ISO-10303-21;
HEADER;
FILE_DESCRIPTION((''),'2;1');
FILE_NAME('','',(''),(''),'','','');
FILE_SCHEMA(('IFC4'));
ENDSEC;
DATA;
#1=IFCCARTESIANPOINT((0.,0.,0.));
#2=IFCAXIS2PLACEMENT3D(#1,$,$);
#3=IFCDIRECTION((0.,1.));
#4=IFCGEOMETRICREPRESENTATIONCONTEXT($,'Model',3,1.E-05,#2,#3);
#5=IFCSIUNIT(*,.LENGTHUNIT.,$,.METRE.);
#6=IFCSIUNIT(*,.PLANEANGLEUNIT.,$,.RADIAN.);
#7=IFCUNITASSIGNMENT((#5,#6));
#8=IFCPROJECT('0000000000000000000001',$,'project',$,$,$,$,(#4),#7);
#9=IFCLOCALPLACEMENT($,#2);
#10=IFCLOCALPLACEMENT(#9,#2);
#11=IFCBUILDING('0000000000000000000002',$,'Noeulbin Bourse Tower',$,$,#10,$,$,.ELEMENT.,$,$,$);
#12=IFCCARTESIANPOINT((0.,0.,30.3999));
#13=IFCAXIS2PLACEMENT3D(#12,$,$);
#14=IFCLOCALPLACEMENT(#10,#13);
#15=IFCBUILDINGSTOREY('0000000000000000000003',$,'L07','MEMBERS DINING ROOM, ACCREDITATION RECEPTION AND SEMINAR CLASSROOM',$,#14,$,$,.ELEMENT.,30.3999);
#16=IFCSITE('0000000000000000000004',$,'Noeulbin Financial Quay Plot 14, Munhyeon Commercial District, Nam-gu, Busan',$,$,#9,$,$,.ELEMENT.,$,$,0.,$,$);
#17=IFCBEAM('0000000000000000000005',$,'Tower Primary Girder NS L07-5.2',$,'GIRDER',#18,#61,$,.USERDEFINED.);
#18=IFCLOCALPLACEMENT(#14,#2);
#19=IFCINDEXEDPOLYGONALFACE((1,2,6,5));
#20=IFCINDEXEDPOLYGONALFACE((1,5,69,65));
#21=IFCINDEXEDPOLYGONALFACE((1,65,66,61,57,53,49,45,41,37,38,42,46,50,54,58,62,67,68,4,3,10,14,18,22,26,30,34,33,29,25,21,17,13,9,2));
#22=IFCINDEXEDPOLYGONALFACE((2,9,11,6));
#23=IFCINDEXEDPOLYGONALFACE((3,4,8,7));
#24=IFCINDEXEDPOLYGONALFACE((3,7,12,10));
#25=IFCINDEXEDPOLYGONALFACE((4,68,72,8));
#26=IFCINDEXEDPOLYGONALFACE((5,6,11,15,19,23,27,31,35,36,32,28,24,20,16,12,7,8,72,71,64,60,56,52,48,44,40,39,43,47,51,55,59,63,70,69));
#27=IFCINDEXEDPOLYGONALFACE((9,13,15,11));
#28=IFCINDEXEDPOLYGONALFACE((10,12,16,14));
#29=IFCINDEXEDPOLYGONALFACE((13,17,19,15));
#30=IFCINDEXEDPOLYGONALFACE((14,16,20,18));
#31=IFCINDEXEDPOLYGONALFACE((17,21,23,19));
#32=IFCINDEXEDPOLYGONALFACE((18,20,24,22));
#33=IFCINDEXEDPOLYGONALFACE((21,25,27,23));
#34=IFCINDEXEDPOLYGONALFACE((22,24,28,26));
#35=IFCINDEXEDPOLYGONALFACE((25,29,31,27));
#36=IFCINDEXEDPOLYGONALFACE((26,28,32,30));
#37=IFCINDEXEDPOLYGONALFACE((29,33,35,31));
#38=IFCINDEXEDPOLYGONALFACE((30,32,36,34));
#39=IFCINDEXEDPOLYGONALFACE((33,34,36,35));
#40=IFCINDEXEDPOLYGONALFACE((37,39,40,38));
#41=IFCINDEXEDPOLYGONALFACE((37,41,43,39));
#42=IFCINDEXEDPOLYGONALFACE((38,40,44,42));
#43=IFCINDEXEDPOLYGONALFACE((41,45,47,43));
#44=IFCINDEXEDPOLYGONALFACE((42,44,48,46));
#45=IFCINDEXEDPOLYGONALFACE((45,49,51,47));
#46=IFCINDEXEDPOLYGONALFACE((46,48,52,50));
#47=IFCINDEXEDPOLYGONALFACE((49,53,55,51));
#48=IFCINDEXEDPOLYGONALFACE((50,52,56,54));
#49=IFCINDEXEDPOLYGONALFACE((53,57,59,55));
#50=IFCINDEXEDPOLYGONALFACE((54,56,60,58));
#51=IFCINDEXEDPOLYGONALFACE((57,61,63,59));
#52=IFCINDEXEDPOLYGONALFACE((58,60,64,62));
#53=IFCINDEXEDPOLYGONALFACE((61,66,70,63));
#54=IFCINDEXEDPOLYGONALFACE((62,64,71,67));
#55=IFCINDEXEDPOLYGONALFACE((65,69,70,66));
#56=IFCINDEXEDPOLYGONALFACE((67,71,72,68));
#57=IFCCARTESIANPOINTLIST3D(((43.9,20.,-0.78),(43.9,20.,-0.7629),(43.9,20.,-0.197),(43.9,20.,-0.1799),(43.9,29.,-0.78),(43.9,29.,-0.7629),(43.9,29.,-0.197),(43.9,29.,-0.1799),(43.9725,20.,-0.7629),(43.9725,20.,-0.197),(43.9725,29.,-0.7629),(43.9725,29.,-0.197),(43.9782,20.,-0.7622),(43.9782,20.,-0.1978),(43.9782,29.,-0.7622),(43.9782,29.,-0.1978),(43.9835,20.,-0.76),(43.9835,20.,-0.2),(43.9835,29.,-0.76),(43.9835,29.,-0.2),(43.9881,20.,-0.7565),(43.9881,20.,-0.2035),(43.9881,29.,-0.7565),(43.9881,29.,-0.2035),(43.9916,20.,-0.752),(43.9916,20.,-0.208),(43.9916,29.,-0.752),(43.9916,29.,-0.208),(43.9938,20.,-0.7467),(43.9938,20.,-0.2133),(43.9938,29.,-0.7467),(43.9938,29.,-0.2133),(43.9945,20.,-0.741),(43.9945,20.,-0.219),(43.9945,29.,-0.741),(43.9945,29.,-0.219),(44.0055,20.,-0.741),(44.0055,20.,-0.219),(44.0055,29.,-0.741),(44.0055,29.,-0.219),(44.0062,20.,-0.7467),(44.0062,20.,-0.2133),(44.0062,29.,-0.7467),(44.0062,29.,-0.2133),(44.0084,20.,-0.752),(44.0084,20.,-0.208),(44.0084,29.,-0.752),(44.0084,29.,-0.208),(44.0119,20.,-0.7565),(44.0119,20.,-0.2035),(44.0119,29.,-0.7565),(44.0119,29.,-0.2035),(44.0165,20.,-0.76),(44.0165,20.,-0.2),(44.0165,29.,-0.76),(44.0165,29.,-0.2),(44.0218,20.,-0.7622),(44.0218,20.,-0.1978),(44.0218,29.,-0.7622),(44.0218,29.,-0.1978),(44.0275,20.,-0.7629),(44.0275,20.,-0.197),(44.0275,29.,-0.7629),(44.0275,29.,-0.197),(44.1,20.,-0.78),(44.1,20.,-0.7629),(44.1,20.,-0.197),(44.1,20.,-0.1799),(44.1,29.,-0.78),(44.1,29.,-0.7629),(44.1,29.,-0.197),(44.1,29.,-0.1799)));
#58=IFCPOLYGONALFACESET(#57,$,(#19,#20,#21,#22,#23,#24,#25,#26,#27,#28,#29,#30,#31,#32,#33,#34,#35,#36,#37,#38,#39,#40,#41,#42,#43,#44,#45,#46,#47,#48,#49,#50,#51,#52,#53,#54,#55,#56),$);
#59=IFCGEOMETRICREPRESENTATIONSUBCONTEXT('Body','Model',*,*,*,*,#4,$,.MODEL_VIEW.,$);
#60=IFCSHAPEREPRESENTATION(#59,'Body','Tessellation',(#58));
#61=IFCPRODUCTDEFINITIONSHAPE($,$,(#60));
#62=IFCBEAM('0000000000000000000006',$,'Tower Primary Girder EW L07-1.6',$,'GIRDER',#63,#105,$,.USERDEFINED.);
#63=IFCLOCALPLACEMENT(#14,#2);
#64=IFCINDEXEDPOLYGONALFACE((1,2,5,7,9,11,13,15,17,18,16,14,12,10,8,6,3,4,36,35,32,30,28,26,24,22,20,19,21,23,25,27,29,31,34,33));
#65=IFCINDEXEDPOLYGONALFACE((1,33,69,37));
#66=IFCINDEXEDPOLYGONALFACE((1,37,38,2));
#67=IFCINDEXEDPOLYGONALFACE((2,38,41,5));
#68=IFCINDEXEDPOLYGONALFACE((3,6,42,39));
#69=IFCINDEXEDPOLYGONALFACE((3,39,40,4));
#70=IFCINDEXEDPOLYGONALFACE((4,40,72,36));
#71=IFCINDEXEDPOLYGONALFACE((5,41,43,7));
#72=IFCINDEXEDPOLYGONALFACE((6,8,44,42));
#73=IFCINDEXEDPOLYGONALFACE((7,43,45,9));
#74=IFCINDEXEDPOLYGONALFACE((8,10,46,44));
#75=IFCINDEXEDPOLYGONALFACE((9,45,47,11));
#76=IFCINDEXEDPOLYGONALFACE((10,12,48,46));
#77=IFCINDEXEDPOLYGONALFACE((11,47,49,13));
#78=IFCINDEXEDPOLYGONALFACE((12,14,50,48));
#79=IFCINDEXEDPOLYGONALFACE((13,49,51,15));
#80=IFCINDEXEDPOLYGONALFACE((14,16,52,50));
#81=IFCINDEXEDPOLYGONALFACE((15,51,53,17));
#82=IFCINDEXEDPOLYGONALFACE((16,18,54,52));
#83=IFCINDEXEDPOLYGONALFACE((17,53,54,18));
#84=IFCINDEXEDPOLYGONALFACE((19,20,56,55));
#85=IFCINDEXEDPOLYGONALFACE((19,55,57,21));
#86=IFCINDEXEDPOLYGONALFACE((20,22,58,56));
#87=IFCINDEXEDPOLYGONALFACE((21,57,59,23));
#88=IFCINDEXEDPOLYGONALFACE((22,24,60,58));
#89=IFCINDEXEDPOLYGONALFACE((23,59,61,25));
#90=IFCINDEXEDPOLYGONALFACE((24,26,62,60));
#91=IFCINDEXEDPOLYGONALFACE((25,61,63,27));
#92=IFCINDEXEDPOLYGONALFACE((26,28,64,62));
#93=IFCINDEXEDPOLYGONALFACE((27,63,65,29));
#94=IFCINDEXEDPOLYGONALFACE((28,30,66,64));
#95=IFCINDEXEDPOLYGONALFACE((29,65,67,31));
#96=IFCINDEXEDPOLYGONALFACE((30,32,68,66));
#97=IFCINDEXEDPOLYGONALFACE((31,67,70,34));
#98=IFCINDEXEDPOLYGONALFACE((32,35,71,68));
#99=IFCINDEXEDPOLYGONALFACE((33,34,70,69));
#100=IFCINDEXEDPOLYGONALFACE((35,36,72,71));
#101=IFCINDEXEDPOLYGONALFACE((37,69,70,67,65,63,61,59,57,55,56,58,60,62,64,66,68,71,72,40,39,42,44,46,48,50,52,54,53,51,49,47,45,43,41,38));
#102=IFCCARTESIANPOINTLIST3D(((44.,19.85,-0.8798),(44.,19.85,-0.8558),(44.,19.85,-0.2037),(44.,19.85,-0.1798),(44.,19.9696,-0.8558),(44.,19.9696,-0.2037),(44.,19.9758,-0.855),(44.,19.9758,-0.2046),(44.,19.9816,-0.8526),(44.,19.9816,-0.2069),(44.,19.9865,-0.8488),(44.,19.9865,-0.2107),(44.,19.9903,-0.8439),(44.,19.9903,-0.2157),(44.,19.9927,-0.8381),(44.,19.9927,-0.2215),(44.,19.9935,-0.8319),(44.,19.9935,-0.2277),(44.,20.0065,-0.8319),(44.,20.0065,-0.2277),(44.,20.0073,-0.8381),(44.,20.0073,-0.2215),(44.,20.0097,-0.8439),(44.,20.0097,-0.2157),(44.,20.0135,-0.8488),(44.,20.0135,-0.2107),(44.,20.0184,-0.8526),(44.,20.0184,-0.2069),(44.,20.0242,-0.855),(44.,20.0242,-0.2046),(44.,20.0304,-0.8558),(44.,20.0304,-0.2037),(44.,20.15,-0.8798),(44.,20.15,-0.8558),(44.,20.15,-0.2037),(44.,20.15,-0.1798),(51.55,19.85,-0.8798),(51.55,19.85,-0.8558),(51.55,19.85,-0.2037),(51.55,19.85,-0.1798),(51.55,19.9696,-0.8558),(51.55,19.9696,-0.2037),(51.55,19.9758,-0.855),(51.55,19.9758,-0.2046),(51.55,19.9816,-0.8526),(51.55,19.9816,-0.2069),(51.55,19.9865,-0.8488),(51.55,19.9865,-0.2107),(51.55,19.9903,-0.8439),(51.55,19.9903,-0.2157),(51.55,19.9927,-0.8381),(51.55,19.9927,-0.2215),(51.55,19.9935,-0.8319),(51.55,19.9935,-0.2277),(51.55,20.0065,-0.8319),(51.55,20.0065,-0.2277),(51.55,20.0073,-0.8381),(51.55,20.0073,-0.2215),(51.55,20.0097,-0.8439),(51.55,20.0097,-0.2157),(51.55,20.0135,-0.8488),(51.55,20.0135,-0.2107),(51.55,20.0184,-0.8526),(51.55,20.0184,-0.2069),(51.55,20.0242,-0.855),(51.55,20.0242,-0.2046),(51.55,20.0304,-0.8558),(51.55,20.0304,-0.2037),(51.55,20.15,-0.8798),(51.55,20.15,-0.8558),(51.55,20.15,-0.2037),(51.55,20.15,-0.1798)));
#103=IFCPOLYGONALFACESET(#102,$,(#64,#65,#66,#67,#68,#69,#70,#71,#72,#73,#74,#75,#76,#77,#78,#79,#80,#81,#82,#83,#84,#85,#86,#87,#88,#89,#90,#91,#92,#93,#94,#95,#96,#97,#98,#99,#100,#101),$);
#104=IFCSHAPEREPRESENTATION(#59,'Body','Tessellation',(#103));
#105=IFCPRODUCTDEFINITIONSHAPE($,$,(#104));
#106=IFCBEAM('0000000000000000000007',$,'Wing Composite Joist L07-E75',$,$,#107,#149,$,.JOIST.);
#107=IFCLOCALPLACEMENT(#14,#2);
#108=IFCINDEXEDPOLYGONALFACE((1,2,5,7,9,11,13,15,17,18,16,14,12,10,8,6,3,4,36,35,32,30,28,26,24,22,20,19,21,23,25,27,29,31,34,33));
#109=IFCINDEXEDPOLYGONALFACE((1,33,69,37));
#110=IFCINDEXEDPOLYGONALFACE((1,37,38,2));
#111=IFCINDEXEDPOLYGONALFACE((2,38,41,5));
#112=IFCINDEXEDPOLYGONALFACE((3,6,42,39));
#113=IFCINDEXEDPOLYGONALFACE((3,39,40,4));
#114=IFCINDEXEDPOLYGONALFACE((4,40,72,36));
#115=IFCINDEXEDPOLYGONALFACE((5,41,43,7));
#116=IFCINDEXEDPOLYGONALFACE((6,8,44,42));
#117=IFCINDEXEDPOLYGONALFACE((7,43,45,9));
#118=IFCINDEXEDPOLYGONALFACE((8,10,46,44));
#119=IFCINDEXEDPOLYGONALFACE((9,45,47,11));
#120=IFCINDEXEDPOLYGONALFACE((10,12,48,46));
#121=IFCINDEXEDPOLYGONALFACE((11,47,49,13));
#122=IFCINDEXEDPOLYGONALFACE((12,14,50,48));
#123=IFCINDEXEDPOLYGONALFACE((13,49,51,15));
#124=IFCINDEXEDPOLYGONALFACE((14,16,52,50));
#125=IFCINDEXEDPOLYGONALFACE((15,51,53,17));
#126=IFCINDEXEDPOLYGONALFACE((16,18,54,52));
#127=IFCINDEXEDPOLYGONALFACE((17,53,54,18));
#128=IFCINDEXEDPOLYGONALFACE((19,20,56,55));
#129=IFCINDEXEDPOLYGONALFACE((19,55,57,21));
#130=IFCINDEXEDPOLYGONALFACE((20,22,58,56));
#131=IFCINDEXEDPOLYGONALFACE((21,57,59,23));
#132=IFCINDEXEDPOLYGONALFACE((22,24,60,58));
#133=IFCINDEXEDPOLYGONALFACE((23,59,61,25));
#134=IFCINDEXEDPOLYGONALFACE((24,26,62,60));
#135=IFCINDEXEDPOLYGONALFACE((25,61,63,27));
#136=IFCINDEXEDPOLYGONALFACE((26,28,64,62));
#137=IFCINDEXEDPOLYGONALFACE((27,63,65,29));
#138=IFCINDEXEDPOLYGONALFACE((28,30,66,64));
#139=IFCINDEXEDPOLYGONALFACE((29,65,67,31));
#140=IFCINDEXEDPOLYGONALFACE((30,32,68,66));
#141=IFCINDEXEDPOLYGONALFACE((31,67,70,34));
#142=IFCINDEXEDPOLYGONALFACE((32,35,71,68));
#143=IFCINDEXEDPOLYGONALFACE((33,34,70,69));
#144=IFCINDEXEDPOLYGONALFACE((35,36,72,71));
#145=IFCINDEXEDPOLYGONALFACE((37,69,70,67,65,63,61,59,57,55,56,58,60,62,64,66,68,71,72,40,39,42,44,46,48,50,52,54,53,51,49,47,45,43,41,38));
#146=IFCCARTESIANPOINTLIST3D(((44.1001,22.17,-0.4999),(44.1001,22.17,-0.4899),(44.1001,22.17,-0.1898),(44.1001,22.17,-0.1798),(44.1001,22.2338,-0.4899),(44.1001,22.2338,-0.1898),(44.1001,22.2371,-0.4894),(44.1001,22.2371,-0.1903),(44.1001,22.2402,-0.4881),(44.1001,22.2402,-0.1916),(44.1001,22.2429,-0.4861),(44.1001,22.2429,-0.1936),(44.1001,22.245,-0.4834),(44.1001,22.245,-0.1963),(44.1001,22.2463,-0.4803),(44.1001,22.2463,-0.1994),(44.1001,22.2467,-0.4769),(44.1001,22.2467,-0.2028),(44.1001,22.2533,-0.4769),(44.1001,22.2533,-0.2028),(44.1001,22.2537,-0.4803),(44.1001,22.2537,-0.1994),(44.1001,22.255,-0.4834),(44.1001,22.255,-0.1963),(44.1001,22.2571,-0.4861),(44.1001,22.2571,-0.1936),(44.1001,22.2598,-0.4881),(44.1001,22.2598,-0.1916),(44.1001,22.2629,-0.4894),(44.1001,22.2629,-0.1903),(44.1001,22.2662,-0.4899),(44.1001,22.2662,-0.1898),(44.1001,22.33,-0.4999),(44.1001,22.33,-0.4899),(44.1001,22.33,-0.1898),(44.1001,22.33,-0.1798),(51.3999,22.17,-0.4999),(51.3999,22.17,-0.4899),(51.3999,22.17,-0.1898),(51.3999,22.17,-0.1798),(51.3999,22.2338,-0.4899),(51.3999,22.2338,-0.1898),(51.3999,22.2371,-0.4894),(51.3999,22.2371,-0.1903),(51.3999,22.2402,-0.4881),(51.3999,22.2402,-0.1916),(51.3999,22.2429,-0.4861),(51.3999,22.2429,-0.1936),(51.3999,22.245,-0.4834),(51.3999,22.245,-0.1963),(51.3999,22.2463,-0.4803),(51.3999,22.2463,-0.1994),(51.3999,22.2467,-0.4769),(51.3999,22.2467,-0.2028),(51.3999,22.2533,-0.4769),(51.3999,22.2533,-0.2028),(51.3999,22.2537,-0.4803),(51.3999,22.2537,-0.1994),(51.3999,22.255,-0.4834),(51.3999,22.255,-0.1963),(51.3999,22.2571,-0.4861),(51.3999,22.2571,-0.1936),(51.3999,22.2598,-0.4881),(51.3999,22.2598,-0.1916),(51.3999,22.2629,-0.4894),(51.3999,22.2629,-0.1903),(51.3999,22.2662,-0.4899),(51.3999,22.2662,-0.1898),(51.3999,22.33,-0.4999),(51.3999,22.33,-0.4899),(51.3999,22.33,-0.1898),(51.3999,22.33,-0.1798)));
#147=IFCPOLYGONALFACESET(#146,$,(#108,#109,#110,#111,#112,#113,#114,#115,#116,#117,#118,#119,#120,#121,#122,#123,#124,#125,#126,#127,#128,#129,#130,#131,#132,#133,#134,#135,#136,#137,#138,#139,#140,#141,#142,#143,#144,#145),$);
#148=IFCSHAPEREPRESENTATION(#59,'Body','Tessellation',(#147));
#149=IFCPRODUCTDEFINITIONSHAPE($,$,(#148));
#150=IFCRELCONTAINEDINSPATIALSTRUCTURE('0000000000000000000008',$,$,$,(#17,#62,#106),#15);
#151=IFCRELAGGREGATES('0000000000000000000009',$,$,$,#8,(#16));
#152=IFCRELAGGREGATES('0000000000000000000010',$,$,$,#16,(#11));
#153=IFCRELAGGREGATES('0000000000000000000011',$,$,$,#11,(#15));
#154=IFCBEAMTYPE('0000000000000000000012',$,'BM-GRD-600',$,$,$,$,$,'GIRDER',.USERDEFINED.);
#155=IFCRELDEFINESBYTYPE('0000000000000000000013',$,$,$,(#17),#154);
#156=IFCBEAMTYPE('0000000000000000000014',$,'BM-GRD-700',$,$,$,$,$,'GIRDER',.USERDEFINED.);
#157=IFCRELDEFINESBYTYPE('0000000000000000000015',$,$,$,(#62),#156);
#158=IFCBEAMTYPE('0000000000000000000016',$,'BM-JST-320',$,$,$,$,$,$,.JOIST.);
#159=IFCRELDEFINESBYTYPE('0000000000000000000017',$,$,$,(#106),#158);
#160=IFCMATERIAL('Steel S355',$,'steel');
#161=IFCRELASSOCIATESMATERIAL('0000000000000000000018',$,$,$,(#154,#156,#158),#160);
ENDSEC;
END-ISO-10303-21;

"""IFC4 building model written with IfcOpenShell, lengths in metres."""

from ifc_helpers import new_model, si_unit, direction, frame, origin, origin_2d, place, context, subcontext, project, spatial, i_section, extrude, material, material_profile, profile_set, type_object, element, save


model = new_model("IFC4")

# Units and contexts
model_context = context("Model", 3, precision=1e-05, world=origin(), true_north=direction((0.0, 1.0)))
body_context = subcontext(model_context, "Body", "Model", "MODEL_VIEW")
ifc_project = project(units=[si_unit("LENGTHUNIT", "METRE"), si_unit("PLANEANGLEUNIT", "RADIAN")], contexts=[model_context])

# Site, building, storey
site_placement = place(None, origin())
site = spatial("IfcSite", under=ifc_project, at=site_placement, Name="Noeulbin Financial Quay Plot 14, Munhyeon Commercial District, Nam-gu, Busan", CompositionType="ELEMENT", RefElevation=0.0)
building_placement = place(site_placement, origin())
building = spatial("IfcBuilding", under=site, at=building_placement, Name="Noeulbin Bourse Tower", CompositionType="ELEMENT")
storey_placement = place(building_placement, frame((0.0, 0.0, 30.3999)))
storey = spatial("IfcBuildingStorey", under=building, at=storey_placement, Name="L07", Description="MEMBERS DINING ROOM, ACCREDITATION RECEPTION AND SEMINAR CLASSROOM", CompositionType="ELEMENT", Elevation=30.3999)

# Beams
ifc_material_1 = material(Name="Steel S355", Category="steel")
ifc_material_profile_1 = material_profile(ifc_material_1, i_section(OverallWidth=0.2, OverallDepth=0.6001, WebThickness=0.011, FlangeThickness=0.0171, FilletRadius=0.022, at=origin_2d()), Name="H-600x200x11x17", Category="LoadBearing")
ifc_profile_set_1 = profile_set([ifc_material_profile_1], Name="Steel S355")
beam_type_1 = type_object("IfcBeamType", Name="BM-GRD-600", ElementType="GIRDER", PredefinedType="USERDEFINED", material=ifc_profile_set_1)
beam_1_placement = place(storey_placement, frame((44.0, 20.0, -0.48), z_axis=(0.0, 1.0, 0.0), x_axis=(-1.0, 0.0, 0.0)))
element("IfcBeam", 1, at=beam_1_placement, inside=storey, type_object=beam_type_1, Name="Tower Primary Girder NS L07-5.2", ObjectType="GIRDER", PredefinedType="USERDEFINED", context=body_context, shape_type="SweptSolid", body=[
    extrude(i_section(OverallWidth=0.2, OverallDepth=0.6001, WebThickness=0.011, FlangeThickness=0.0171, FilletRadius=0.022, at=origin_2d()), origin(), (0.0, 0.0, 1.0), 9.0),
])
ifc_material_profile_2 = material_profile(ifc_material_1, i_section(OverallWidth=0.3, OverallDepth=0.7, WebThickness=0.0129, FlangeThickness=0.0239, FilletRadius=0.0239, at=origin_2d()), Name="H-700x300x13x24", Category="LoadBearing")
ifc_profile_set_2 = profile_set([ifc_material_profile_2], Name="Steel S355")
beam_type_2 = type_object("IfcBeamType", Name="BM-GRD-700", ElementType="GIRDER", PredefinedType="USERDEFINED", material=ifc_profile_set_2)
beam_2_placement = place(storey_placement, frame((44.0, 20.0, -0.5298), z_axis=(1.0, 0.0, 0.0), x_axis=(0.0, 1.0, 0.0)))
element("IfcBeam", 2, at=beam_2_placement, inside=storey, type_object=beam_type_2, Name="Tower Primary Girder EW L07-1.6", ObjectType="GIRDER", PredefinedType="USERDEFINED", context=body_context, shape_type="SweptSolid", body=[
    extrude(i_section(OverallWidth=0.3, OverallDepth=0.7, WebThickness=0.0129, FlangeThickness=0.0239, FilletRadius=0.0239, at=origin_2d()), origin(), (0.0, 0.0, 1.0), 7.55),
])
ifc_material_profile_3 = material_profile(ifc_material_1, i_section(OverallWidth=0.1599, OverallDepth=0.3201, WebThickness=0.0066, FlangeThickness=0.01, FilletRadius=0.0129, at=origin_2d()), Name="H-320x160x6.5x10", Category="LoadBearing")
ifc_profile_set_3 = profile_set([ifc_material_profile_3], Name="Steel S355")
beam_type_3 = type_object("IfcBeamType", Name="BM-JST-320", PredefinedType="JOIST", material=ifc_profile_set_3)
beam_3_placement = place(storey_placement, frame((44.1001, 22.25, -0.3398), z_axis=(1.0, 0.0, 0.0), x_axis=(0.0, 1.0, 0.0)))
element("IfcBeam", 3, at=beam_3_placement, inside=storey, type_object=beam_type_3, Name="Wing Composite Joist L07-E75", PredefinedType="JOIST", context=body_context, shape_type="SweptSolid", body=[
    extrude(i_section(OverallWidth=0.1599, OverallDepth=0.3201, WebThickness=0.0066, FlangeThickness=0.01, FilletRadius=0.0129, at=origin_2d()), origin(), (0.0, 0.0, 1.0), 7.2998),
])

save(model, "model.ifc")
